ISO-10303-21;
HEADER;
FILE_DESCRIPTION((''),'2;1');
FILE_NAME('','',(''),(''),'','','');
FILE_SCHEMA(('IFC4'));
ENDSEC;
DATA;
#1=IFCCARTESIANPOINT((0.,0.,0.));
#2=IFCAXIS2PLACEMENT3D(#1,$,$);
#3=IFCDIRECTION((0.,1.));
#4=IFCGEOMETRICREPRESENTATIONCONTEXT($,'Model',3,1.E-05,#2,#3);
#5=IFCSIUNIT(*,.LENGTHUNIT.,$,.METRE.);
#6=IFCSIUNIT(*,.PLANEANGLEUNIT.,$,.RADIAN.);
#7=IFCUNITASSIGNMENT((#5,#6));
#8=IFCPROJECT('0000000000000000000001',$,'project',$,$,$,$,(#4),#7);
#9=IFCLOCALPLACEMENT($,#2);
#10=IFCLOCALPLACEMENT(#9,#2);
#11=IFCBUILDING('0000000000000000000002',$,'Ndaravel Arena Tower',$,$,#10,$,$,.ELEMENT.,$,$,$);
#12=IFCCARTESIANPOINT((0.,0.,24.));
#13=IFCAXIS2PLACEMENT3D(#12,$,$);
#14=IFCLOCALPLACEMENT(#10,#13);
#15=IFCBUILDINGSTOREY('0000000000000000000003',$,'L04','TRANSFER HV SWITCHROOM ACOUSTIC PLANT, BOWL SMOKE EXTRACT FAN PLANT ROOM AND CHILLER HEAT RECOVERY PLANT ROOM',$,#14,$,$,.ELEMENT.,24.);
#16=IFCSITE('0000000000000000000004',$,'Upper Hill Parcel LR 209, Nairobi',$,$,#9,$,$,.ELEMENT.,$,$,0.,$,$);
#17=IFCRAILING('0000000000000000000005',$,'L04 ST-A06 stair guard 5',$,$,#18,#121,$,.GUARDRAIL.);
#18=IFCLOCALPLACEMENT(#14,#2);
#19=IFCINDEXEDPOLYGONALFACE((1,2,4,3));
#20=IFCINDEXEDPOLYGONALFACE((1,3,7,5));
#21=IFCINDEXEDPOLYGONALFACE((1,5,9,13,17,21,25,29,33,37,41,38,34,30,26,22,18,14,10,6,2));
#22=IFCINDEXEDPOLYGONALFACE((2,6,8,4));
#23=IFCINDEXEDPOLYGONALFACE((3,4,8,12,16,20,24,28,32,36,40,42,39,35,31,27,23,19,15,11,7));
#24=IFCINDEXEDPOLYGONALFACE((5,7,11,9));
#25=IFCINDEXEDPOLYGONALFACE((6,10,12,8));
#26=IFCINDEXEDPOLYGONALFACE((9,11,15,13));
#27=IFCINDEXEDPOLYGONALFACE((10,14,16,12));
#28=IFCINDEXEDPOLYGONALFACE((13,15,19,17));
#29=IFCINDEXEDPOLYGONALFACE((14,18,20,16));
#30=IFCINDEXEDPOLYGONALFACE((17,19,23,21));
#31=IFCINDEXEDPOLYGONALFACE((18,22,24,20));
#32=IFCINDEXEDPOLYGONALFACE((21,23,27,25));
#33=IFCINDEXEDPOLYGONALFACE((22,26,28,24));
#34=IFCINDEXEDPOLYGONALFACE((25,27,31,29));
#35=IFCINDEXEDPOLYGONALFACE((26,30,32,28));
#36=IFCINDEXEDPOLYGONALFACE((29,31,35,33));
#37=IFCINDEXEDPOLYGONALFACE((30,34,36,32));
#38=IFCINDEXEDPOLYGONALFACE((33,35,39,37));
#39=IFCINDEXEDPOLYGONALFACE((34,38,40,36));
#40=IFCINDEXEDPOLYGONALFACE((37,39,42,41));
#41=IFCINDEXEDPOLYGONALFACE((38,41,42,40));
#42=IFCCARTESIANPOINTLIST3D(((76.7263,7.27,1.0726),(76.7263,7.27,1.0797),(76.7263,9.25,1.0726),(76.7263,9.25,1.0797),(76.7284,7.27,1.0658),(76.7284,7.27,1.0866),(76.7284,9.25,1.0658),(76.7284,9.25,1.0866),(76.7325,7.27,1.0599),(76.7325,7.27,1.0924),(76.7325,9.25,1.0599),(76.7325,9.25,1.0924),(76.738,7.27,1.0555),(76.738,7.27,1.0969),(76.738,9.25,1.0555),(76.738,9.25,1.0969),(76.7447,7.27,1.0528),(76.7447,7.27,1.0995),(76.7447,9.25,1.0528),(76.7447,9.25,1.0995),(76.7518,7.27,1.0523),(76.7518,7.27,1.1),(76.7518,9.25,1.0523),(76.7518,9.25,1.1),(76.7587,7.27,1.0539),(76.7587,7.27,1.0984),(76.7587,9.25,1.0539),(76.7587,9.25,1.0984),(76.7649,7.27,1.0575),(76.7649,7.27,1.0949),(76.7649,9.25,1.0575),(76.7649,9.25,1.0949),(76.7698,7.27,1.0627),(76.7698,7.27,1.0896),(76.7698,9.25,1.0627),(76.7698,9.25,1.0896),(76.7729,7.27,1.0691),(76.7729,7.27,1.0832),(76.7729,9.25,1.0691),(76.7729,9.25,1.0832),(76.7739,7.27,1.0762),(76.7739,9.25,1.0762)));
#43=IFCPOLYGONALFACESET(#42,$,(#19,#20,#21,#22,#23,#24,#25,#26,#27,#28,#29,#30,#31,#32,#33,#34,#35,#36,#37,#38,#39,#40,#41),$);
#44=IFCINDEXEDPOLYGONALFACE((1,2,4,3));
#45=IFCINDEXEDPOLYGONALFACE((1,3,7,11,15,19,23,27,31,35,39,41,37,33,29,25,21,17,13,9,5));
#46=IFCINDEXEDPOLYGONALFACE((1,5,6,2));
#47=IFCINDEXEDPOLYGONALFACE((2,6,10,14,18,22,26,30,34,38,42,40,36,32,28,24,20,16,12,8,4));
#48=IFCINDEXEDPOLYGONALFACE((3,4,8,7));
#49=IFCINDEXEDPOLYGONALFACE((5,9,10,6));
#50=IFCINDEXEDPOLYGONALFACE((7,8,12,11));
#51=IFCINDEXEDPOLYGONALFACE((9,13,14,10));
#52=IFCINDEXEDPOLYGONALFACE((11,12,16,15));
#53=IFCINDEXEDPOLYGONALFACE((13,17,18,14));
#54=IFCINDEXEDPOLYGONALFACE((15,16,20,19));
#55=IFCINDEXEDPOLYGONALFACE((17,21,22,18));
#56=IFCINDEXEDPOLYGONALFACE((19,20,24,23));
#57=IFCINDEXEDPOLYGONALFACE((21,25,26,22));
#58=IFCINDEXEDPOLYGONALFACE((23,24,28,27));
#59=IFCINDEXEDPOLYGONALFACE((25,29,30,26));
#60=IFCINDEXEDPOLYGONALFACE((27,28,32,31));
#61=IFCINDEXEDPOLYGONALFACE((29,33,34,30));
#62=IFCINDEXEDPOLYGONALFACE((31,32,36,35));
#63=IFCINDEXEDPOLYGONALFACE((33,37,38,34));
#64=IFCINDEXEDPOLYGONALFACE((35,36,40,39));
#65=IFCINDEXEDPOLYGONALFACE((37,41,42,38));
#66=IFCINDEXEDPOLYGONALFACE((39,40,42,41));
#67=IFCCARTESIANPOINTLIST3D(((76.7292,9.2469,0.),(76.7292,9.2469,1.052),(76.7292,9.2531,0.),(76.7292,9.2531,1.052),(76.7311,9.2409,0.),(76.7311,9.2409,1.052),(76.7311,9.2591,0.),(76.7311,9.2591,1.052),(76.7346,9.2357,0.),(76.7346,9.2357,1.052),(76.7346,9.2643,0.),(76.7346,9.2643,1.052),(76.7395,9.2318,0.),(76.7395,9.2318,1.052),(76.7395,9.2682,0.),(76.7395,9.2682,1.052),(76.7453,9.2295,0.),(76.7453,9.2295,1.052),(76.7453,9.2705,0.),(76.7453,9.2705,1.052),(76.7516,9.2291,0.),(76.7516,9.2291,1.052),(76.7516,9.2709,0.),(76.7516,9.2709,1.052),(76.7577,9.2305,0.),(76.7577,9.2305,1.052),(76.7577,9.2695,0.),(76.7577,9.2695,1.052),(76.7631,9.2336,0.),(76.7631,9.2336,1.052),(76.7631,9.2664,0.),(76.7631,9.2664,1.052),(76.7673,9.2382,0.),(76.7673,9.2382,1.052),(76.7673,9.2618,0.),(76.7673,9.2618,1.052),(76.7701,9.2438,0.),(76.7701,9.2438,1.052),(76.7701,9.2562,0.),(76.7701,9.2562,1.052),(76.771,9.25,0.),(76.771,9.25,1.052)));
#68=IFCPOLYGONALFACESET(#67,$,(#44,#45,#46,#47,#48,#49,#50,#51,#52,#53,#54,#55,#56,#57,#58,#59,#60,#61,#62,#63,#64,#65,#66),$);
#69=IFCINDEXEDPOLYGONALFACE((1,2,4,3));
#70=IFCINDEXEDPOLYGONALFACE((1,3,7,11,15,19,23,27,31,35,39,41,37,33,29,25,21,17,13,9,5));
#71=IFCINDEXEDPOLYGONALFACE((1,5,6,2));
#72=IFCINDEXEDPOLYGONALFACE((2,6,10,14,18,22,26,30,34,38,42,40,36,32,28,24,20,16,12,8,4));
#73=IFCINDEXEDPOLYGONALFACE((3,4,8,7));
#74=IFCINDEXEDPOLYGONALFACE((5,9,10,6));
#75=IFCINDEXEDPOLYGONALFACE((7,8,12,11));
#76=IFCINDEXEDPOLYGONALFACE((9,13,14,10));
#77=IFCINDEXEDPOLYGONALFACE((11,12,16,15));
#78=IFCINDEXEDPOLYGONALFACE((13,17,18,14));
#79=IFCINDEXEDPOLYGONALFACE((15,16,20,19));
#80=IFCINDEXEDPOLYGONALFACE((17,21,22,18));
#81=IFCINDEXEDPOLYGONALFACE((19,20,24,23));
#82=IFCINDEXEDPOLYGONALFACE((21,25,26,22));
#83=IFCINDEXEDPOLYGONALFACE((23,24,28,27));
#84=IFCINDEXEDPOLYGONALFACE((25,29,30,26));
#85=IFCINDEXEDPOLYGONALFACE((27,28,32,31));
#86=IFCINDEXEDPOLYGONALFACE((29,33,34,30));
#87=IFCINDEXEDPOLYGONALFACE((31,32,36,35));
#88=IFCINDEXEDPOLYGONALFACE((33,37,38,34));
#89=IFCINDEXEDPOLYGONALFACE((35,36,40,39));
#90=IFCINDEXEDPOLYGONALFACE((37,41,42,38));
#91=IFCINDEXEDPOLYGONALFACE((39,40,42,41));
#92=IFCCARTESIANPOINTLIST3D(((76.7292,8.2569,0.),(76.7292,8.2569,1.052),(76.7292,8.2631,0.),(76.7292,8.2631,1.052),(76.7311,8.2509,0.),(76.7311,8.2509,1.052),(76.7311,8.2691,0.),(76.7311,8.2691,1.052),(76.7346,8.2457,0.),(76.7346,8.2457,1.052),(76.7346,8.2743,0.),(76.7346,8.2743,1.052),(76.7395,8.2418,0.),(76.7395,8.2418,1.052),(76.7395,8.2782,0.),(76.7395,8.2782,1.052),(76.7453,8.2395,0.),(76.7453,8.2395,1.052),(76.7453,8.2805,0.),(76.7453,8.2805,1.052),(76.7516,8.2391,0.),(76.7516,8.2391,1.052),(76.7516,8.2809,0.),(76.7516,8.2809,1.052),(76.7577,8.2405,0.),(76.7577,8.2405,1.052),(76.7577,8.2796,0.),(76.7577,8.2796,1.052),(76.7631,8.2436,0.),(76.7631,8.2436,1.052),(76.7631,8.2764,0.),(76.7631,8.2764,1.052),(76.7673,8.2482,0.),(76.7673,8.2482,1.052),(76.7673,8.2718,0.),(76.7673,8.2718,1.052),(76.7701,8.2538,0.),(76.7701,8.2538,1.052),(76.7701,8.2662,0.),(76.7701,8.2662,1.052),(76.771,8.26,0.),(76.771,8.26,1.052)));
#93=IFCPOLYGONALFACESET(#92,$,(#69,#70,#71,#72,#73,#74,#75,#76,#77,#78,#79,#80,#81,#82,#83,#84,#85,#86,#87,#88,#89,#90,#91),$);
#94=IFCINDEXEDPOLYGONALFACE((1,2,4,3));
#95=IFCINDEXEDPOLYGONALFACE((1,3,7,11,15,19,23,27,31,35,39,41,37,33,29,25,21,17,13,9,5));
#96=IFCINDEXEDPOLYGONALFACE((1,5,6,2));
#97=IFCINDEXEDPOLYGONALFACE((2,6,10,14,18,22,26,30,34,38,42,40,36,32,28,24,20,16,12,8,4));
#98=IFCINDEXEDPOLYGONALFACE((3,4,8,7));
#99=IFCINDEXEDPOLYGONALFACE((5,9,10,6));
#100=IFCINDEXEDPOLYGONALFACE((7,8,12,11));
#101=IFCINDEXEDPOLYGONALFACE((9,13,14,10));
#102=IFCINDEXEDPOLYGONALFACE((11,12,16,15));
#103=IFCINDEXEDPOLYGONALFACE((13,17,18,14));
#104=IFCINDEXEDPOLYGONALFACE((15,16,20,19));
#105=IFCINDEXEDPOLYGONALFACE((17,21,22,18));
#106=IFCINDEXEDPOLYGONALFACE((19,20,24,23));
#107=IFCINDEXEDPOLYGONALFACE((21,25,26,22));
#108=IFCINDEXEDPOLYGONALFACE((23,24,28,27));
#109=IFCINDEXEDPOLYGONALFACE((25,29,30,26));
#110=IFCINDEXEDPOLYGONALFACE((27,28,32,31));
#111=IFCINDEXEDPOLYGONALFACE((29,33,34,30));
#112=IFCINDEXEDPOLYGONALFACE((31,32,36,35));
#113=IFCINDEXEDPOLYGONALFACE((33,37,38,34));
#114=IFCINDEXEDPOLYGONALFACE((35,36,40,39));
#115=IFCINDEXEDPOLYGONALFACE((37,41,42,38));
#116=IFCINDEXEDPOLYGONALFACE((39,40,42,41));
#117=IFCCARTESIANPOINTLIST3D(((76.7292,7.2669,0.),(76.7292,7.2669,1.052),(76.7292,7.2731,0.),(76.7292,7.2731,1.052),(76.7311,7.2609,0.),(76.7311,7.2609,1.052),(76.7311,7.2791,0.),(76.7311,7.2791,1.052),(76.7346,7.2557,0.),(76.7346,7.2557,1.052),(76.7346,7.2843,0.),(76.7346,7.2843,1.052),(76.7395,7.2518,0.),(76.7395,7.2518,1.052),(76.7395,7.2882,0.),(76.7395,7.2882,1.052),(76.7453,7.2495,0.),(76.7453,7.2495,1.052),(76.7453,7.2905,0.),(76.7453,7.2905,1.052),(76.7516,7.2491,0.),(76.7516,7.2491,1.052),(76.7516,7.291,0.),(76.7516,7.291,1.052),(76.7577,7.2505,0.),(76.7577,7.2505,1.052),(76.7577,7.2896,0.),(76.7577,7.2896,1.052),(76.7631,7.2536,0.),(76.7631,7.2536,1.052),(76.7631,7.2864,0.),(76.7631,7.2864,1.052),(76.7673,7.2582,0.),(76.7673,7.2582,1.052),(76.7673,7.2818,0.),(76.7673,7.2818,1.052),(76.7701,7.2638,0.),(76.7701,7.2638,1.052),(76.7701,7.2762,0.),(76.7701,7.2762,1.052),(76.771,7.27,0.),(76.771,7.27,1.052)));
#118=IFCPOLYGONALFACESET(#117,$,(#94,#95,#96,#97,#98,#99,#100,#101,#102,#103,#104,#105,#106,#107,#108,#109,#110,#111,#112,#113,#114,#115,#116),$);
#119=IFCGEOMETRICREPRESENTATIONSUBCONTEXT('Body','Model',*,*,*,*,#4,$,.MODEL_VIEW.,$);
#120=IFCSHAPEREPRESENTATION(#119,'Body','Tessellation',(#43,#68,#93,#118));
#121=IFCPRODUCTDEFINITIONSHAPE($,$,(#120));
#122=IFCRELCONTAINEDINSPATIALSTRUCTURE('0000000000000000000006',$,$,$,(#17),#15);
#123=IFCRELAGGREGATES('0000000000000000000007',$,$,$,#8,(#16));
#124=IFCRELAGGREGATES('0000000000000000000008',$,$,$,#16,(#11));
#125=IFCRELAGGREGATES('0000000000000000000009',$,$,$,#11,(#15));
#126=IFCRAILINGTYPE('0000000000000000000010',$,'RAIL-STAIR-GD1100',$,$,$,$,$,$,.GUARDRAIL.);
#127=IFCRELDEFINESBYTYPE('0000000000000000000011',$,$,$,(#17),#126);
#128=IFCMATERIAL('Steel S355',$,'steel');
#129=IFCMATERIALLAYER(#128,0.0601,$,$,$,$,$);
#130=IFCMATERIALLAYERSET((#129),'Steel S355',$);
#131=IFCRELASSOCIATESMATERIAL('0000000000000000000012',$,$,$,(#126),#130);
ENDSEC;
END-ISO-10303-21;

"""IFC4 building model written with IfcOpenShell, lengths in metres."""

from ifc_helpers import new_model, si_unit, direction, frame, origin, origin_2d, place, context, subcontext, project, spatial, circle, extrude, material, layer, layer_set, type_object, element, save


model = new_model("IFC4")

# Units and contexts
model_context = context("Model", 3, precision=1e-05, world=origin(), true_north=direction((0.0, 1.0)))
body_context = subcontext(model_context, "Body", "Model", "MODEL_VIEW")
ifc_project = project(units=[si_unit("LENGTHUNIT", "METRE"), si_unit("PLANEANGLEUNIT", "RADIAN")], contexts=[model_context])

# Site, building, storey
site_placement = place(None, origin())
site = spatial("IfcSite", under=ifc_project, at=site_placement, Name="Upper Hill Parcel LR 209, Nairobi", CompositionType="ELEMENT", RefElevation=0.0)
building_placement = place(site_placement, origin())
building = spatial("IfcBuilding", under=site, at=building_placement, Name="Ndaravel Arena Tower", CompositionType="ELEMENT")
storey_placement = place(building_placement, frame((0.0, 0.0, 24.0)))
storey = spatial("IfcBuildingStorey", under=building, at=storey_placement, Name="L04", Description="TRANSFER HV SWITCHROOM ACOUSTIC PLANT, BOWL SMOKE EXTRACT FAN PLANT ROOM AND CHILLER HEAT RECOVERY PLANT ROOM", CompositionType="ELEMENT", Elevation=24.0)

# Railing
ifc_material_1 = material(Name="Steel S355", Category="steel")
ifc_layer_1 = layer(ifc_material_1, 0.0601)
ifc_layer_set_1 = layer_set([ifc_layer_1], Name="Steel S355")
railing_type = type_object("IfcRailingType", Name="RAIL-STAIR-GD1100", PredefinedType="GUARDRAIL", material=ifc_layer_set_1)
for number, where, name in (
    (1, (76.75, 9.25, 0.0), "L04 ST-A06 stair guard 5"),
):
    element("IfcRailing", number, at=place(storey_placement, frame(where)), inside=storey, type_object=railing_type, Name=name, PredefinedType="GUARDRAIL", context=body_context, shape_type="SweptSolid", body=[
        extrude(circle(Radius=0.0239, at=origin_2d()), frame((0.0, 0.0, 1.0762), z_axis=(0.0, -1.0, 0.0), x_axis=(1.0, 0.0, 0.0)), (0.0, 0.0, 1.0), 1.98),
        extrude(circle(Radius=0.021, at=origin_2d()), origin(), (0.0, 0.0, 1.0), 1.052),
        extrude(circle(Radius=0.021, at=origin_2d()), frame((0.0, -0.99, 0.0)), (0.0, 0.0, 1.0), 1.052),
        extrude(circle(Radius=0.021, at=origin_2d()), frame((0.0, -1.98, 0.0)), (0.0, 0.0, 1.0), 1.052),
    ])

save(model, "model.ifc")
